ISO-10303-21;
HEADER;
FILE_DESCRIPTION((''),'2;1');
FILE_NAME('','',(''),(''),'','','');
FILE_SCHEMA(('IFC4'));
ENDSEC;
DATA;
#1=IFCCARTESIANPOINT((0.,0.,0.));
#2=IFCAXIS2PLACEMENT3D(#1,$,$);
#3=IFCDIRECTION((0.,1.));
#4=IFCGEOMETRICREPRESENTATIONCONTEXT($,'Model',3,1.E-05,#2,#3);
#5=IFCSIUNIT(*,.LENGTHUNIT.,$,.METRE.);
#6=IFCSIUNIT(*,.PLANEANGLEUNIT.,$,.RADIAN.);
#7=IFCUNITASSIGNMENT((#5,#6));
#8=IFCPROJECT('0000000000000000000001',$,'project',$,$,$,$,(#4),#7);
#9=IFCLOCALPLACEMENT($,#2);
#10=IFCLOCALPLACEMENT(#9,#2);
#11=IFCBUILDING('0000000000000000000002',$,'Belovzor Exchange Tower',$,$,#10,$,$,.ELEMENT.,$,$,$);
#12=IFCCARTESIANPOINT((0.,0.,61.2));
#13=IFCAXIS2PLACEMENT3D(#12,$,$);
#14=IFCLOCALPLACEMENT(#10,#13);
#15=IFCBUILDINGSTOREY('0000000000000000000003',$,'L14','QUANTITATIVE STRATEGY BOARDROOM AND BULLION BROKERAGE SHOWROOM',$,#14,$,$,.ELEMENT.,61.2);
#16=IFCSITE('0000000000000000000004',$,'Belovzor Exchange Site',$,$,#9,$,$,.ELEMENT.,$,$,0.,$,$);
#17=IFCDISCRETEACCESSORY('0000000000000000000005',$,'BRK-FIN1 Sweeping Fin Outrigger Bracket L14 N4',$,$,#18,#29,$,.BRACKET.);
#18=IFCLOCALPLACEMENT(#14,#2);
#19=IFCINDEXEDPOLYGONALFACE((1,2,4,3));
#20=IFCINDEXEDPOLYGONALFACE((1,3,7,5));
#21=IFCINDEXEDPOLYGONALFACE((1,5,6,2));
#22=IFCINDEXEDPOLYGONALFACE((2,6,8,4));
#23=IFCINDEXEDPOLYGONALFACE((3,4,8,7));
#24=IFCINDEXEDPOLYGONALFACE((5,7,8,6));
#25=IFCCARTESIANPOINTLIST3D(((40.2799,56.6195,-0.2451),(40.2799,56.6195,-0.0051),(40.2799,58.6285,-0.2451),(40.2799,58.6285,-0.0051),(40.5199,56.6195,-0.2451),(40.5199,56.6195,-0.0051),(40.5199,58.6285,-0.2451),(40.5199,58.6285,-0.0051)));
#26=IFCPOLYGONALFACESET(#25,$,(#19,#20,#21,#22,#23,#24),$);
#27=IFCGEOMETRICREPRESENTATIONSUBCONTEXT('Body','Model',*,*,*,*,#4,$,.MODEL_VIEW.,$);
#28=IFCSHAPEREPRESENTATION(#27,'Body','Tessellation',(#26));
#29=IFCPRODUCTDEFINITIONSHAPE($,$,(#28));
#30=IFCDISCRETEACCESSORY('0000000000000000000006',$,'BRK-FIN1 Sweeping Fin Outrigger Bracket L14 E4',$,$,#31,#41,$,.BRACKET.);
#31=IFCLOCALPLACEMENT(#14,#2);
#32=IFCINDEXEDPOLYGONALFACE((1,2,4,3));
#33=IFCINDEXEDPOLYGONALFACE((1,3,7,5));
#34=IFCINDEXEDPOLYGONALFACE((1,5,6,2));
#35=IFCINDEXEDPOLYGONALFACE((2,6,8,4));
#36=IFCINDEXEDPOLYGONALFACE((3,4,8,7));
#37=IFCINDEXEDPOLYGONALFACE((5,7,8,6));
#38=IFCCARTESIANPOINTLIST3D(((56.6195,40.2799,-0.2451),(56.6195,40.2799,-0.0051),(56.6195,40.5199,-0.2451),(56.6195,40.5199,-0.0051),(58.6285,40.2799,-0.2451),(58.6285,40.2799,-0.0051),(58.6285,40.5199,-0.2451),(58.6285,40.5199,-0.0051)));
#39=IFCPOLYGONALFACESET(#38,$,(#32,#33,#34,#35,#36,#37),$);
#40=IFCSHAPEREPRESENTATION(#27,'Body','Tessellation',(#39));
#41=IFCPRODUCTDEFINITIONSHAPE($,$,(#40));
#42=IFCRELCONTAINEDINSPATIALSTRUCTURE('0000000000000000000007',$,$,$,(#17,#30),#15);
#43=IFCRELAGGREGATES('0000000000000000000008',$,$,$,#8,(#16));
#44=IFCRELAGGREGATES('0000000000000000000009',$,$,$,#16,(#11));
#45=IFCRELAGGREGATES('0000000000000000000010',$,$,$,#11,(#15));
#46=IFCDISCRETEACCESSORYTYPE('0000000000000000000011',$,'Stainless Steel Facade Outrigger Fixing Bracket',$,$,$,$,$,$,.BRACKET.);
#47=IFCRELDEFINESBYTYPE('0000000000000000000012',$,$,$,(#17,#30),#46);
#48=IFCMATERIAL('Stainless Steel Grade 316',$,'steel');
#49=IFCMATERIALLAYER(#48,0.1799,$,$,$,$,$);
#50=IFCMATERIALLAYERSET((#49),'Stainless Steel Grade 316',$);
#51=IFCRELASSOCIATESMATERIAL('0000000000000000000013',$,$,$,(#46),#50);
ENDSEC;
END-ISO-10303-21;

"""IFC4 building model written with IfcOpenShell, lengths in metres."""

from ifc_helpers import new_model, si_unit, direction, frame, origin, origin_2d, place, context, subcontext, project, spatial, rectangle, extrude, material, layer, layer_set, type_object, element, save


model = new_model("IFC4")

# Units and contexts
model_context = context("Model", 3, precision=1e-05, world=origin(), true_north=direction((0.0, 1.0)))
body_context = subcontext(model_context, "Body", "Model", "MODEL_VIEW")
ifc_project = project(units=[si_unit("LENGTHUNIT", "METRE"), si_unit("PLANEANGLEUNIT", "RADIAN")], contexts=[model_context])

# Site, building, storey
site_placement = place(None, origin())
site = spatial("IfcSite", under=ifc_project, at=site_placement, Name="Belovzor Exchange Site", CompositionType="ELEMENT", RefElevation=0.0)
building_placement = place(site_placement, origin())
building = spatial("IfcBuilding", under=site, at=building_placement, Name="Belovzor Exchange Tower", CompositionType="ELEMENT")
storey_placement = place(building_placement, frame((0.0, 0.0, 61.2)))
storey = spatial("IfcBuildingStorey", under=building, at=storey_placement, Name="L14", Description="QUANTITATIVE STRATEGY BOARDROOM AND BULLION BROKERAGE SHOWROOM", CompositionType="ELEMENT", Elevation=61.2)

# Discrete accessories
ifc_material_1 = material(Name="Stainless Steel Grade 316", Category="steel")
ifc_layer_1 = layer(ifc_material_1, 0.1799)
ifc_layer_set_1 = layer_set([ifc_layer_1], Name="Stainless Steel Grade 316")
discrete_accessory_type = type_object("IfcDiscreteAccessoryType", Name="Stainless Steel Facade Outrigger Fixing Bracket", PredefinedType="BRACKET", material=ifc_layer_set_1)
for number, where, z_axis, x_axis, name in (
    (1, (40.3999, 57.624, -0.2451), (0.0, 0.0, 1.0), (0.0, 1.0, 0.0), "BRK-FIN1 Sweeping Fin Outrigger Bracket L14 N4"),
    (2, (57.624, 40.3999, -0.2451), (0.0, 0.0, 1.0), (1.0, 0.0, 0.0), "BRK-FIN1 Sweeping Fin Outrigger Bracket L14 E4"),
):
    element("IfcDiscreteAccessory", number, at=place(storey_placement, frame(where, z_axis=z_axis, x_axis=x_axis)), inside=storey, type_object=discrete_accessory_type, Name=name, PredefinedType="BRACKET", context=body_context, shape_type="SweptSolid", body=[
        extrude(rectangle(XDim=2.009, YDim=0.24, at=origin_2d()), origin(), (0.0, 0.0, 1.0), 0.24),
    ])

save(model, "model.ifc")
